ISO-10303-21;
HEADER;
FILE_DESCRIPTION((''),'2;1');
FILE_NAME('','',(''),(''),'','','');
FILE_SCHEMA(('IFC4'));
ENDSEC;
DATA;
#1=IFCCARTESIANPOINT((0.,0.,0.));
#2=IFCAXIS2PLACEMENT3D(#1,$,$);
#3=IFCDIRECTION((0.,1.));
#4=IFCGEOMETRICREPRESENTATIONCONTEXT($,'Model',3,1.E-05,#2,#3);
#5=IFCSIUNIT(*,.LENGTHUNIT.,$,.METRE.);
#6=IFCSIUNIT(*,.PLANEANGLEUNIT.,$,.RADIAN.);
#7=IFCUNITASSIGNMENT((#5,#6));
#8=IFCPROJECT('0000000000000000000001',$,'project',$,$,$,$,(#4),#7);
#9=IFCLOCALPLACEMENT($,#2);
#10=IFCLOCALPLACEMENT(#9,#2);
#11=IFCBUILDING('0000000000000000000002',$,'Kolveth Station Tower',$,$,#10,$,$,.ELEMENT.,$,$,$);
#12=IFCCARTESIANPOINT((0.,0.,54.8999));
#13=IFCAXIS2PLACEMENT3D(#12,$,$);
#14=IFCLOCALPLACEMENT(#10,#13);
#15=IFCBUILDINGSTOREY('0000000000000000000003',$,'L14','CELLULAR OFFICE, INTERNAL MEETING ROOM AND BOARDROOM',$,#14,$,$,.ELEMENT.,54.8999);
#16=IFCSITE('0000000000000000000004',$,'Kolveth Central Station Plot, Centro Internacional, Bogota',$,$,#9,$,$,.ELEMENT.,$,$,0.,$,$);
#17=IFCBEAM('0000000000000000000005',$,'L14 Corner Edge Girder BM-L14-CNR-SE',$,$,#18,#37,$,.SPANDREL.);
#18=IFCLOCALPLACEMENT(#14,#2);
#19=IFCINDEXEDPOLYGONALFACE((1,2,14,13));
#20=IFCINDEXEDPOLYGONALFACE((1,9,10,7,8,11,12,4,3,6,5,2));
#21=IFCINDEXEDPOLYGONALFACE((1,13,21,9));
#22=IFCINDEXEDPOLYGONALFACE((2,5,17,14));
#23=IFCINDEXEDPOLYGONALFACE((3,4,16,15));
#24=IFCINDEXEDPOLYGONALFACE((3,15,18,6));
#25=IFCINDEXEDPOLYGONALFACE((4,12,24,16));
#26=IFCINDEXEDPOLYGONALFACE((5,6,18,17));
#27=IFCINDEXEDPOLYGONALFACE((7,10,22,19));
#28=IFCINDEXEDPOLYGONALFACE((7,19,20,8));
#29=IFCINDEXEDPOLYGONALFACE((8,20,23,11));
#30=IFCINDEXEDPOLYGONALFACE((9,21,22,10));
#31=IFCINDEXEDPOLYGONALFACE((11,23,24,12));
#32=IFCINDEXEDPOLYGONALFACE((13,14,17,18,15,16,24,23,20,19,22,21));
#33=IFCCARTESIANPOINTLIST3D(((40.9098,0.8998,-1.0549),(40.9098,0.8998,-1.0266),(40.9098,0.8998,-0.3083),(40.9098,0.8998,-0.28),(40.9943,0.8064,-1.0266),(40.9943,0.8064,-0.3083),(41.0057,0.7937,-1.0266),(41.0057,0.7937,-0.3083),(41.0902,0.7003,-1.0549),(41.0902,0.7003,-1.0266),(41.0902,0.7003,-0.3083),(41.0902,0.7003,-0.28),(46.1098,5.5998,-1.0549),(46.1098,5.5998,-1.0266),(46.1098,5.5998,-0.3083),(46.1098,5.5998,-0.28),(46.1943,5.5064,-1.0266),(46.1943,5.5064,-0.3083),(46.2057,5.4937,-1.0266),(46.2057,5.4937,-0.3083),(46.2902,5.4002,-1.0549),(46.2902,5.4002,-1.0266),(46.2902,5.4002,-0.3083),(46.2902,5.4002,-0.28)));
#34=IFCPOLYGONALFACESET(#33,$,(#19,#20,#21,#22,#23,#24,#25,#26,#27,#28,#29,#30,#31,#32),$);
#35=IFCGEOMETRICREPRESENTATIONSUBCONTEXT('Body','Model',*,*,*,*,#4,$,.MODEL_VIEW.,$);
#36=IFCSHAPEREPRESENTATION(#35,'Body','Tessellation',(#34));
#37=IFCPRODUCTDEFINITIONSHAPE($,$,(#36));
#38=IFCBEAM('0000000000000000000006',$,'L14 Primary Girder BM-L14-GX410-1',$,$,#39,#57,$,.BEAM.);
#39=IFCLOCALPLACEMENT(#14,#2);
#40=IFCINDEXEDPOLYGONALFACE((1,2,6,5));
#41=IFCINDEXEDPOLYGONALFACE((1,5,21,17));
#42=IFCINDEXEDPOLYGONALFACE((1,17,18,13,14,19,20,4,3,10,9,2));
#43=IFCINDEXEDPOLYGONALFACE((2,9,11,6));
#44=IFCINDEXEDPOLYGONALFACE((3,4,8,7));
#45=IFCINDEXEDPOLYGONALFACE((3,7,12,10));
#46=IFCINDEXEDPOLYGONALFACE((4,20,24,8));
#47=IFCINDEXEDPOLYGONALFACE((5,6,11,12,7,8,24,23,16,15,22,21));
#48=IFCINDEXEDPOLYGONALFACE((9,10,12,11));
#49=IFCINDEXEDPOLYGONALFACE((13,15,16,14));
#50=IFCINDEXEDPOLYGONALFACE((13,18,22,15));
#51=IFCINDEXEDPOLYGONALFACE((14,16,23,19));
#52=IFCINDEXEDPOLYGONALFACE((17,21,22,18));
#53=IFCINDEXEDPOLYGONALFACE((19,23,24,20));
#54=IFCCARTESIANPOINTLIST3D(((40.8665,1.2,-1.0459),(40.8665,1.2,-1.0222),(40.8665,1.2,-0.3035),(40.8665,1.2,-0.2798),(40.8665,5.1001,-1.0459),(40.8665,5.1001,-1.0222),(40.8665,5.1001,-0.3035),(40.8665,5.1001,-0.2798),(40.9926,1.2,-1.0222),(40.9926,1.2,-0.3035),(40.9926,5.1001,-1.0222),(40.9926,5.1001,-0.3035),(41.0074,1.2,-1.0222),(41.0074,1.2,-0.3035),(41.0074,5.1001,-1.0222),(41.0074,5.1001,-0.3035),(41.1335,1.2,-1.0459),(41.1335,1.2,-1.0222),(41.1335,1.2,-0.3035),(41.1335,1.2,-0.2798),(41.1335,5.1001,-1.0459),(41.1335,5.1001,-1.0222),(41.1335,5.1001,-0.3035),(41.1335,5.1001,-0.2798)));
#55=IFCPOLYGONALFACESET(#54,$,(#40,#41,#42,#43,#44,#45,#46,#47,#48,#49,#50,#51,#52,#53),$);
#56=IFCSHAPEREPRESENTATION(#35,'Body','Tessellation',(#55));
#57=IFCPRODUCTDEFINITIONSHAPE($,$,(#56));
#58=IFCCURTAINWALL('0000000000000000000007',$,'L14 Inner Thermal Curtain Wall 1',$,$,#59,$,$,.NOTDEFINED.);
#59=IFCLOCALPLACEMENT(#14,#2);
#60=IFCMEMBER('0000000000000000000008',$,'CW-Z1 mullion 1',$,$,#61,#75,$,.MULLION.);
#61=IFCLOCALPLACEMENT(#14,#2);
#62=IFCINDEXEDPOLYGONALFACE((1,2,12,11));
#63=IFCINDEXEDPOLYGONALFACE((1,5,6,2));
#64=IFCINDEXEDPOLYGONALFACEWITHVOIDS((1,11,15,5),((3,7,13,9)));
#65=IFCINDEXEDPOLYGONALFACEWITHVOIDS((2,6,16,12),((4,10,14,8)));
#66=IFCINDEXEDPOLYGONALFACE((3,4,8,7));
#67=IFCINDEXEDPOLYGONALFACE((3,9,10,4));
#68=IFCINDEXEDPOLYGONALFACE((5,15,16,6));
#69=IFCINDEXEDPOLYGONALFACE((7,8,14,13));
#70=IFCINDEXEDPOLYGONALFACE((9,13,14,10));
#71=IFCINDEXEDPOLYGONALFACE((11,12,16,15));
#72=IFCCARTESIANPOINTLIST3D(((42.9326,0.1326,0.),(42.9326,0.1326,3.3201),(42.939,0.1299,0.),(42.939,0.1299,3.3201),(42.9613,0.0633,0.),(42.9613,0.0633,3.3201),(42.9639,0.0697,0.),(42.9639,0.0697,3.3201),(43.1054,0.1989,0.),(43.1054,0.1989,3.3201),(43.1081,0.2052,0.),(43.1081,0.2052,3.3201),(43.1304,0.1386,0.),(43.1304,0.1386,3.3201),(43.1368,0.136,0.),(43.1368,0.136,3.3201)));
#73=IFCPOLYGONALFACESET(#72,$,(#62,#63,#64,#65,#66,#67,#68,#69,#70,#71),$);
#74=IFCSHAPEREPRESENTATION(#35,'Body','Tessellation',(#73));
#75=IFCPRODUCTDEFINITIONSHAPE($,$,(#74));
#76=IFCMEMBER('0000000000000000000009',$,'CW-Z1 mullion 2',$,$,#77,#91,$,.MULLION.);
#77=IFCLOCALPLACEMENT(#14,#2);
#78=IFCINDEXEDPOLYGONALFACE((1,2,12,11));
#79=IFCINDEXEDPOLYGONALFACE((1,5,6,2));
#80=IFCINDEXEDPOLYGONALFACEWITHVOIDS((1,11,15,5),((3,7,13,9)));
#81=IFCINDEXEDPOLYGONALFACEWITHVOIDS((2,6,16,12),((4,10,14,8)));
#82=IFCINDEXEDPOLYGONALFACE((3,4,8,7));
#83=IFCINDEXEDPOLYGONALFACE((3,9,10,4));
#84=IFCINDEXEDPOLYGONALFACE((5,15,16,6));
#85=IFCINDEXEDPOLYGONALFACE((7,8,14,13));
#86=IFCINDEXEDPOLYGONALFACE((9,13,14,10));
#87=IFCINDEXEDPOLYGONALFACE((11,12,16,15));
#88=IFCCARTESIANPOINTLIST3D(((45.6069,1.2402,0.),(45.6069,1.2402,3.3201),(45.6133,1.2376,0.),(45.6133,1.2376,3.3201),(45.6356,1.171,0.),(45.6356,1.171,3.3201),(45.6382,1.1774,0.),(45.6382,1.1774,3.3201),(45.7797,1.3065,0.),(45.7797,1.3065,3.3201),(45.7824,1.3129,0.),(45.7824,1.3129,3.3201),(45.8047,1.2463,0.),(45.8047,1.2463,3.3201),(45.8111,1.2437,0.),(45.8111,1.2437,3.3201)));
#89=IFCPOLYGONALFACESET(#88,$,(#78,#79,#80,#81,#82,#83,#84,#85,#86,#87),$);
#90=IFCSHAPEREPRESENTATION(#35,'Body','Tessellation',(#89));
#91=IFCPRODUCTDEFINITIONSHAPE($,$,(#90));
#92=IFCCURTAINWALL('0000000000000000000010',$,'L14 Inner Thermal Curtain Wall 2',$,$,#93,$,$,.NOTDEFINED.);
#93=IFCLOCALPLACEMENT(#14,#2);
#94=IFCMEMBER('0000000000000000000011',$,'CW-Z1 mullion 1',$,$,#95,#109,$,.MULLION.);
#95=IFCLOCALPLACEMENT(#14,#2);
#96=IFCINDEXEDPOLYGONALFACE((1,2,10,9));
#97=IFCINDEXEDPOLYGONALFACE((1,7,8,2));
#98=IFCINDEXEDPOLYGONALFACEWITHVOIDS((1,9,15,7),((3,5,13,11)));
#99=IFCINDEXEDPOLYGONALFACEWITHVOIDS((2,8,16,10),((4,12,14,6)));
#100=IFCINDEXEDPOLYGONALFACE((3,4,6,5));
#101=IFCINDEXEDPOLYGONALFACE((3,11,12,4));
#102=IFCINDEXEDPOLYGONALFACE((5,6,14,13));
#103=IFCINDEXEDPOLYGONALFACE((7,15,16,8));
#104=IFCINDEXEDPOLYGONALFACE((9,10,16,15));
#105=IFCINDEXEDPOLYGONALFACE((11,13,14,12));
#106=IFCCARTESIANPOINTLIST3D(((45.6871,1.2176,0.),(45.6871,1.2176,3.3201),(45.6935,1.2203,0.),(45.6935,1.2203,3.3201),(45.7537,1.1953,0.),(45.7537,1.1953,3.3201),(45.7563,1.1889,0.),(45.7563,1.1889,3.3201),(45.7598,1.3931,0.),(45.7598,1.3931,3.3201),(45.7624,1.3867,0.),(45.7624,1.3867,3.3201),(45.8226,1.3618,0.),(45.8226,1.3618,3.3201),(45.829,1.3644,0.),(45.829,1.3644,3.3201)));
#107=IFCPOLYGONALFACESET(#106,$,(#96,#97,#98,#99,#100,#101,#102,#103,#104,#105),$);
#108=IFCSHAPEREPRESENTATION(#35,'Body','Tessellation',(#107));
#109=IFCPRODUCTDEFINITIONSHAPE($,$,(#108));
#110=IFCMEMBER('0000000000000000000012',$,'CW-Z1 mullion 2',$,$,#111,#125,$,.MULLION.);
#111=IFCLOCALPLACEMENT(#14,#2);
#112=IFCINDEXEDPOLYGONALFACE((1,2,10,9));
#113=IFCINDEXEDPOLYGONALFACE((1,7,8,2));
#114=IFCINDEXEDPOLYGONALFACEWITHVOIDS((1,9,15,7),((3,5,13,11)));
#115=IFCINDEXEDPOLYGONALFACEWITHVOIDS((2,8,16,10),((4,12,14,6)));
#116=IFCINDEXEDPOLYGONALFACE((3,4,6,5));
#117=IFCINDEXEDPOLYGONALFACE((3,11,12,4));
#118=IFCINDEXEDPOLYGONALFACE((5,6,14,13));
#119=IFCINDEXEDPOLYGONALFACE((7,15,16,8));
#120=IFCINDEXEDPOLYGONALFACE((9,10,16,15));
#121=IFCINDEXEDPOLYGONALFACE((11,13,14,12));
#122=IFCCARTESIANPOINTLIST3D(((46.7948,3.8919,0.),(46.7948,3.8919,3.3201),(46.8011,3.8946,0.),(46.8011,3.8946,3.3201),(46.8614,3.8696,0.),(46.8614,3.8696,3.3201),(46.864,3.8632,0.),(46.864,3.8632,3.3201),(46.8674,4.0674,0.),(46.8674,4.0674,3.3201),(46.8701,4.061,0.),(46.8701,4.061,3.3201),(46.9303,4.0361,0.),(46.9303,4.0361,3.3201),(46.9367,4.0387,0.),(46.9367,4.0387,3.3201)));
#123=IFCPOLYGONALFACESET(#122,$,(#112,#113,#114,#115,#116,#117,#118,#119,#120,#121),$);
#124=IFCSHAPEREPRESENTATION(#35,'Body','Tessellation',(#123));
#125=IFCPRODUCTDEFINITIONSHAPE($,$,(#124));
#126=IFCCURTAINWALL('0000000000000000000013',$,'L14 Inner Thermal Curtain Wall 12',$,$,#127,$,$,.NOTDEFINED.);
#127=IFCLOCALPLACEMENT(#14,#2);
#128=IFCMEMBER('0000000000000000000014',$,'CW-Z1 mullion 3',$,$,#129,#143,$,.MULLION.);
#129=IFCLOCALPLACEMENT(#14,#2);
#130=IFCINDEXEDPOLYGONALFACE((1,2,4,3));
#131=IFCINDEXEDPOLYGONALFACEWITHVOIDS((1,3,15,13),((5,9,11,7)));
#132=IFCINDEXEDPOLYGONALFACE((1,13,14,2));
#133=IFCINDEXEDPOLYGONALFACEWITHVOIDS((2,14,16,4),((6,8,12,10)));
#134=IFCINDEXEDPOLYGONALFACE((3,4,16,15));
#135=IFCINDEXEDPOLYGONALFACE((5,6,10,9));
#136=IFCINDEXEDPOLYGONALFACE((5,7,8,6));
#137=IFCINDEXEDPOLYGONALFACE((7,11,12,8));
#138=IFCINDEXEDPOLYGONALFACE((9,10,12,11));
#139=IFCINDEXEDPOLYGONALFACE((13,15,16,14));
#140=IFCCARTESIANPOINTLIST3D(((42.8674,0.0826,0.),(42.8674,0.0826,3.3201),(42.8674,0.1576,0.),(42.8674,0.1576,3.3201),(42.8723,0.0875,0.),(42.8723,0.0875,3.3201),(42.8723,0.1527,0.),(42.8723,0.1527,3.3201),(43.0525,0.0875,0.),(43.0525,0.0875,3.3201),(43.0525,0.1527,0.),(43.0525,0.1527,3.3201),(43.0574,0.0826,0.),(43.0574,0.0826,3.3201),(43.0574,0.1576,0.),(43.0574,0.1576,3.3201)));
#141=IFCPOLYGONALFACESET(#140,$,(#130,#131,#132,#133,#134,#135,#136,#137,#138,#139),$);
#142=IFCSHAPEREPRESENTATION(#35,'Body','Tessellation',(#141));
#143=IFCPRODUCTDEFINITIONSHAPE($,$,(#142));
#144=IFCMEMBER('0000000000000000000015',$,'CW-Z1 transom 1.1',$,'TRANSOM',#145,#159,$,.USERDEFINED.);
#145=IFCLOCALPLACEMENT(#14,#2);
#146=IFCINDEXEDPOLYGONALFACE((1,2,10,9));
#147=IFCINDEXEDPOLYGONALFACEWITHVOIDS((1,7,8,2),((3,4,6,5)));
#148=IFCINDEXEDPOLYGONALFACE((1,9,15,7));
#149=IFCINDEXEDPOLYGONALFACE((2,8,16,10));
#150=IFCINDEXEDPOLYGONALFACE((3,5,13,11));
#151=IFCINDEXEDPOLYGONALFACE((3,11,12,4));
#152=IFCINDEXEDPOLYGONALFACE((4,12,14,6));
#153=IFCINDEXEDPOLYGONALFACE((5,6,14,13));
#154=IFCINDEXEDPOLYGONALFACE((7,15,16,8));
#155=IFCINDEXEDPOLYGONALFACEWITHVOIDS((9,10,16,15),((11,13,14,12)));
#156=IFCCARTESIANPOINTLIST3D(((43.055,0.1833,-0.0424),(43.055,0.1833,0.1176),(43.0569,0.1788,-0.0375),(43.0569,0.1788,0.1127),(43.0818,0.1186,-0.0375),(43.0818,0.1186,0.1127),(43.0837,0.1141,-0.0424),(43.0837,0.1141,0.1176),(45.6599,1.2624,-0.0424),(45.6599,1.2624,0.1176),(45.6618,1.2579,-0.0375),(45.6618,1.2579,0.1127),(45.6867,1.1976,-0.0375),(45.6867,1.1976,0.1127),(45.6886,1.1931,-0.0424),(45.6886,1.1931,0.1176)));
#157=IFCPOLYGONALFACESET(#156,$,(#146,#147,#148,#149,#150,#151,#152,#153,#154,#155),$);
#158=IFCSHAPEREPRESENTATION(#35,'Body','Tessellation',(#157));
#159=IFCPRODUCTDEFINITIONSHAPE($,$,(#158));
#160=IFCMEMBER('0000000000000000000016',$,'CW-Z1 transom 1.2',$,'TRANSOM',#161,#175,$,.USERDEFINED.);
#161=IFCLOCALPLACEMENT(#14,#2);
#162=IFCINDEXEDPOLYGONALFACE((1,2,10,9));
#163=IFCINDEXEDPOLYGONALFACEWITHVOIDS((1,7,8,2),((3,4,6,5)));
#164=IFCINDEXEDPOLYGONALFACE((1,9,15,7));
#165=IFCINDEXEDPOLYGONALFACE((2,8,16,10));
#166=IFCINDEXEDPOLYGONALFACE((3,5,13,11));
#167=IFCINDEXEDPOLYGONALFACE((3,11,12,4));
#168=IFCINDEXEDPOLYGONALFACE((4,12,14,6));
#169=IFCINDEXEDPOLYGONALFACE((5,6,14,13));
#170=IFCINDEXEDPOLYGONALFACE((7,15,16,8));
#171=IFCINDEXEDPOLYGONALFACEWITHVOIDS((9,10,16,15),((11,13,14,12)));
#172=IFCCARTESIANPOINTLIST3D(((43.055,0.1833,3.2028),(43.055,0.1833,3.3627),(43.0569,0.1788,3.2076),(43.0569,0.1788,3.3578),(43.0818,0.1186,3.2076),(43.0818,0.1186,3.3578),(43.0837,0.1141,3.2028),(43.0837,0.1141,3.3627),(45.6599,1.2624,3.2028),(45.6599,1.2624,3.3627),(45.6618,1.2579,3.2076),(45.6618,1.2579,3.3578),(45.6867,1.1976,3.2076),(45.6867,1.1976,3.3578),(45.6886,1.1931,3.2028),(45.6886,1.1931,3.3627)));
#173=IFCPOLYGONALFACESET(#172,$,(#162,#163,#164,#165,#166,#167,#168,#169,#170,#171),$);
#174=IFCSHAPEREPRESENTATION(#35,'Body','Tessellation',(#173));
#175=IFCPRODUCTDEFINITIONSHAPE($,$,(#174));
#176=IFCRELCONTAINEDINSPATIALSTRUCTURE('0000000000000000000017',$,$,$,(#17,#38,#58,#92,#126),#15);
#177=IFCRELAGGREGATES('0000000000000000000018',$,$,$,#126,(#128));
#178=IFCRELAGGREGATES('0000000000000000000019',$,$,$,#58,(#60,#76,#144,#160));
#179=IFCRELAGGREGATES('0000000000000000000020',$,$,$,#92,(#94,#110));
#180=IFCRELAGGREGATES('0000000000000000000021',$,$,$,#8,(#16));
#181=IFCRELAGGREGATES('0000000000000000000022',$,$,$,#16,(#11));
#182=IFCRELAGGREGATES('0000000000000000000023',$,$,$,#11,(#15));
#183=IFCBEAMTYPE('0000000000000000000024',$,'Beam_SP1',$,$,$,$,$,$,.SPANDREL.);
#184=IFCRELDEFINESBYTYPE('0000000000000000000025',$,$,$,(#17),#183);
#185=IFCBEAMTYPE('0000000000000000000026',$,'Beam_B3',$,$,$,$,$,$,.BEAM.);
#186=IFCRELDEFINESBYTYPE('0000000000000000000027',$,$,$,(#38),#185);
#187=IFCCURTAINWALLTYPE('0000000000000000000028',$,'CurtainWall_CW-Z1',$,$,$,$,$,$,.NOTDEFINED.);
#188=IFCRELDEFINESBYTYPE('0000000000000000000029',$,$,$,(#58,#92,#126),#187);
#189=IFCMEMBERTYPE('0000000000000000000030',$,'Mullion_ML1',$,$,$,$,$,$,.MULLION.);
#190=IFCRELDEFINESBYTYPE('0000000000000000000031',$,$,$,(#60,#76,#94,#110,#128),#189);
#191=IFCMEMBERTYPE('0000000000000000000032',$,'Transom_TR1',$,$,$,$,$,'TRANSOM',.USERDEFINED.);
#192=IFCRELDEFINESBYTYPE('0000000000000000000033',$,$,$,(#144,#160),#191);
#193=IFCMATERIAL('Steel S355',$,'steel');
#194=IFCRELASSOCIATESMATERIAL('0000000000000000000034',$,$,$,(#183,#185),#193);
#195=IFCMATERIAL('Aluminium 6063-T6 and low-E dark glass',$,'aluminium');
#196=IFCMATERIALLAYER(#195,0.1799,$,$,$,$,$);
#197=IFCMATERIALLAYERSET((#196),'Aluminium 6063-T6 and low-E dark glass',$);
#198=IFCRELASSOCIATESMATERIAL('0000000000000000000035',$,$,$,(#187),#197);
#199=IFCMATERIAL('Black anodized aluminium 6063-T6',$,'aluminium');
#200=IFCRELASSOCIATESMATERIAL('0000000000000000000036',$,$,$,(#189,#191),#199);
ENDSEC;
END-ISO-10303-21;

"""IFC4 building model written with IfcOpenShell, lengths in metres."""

from ifc_helpers import new_model, si_unit, direction, frame, origin, origin_2d, place, context, subcontext, project, spatial, hollow_rectangle, i_section, extrude, source, transform, mapped, material, layer, layer_set, material_profile, profile_set, type_object, element, aggregate, save


model = new_model("IFC4")

# Units and contexts
model_context = context("Model", 3, precision=1e-05, world=origin(), true_north=direction((0.0, 1.0)))
body_context = subcontext(model_context, "Body", "Model", "MODEL_VIEW")
ifc_project = project(units=[si_unit("LENGTHUNIT", "METRE"), si_unit("PLANEANGLEUNIT", "RADIAN")], contexts=[model_context])

# Site, building, storey
site_placement = place(None, origin())
site = spatial("IfcSite", under=ifc_project, at=site_placement, Name="Kolveth Central Station Plot, Centro Internacional, Bogota", CompositionType="ELEMENT", RefElevation=0.0)
building_placement = place(site_placement, origin())
building = spatial("IfcBuilding", under=site, at=building_placement, Name="Kolveth Station Tower", CompositionType="ELEMENT")
storey_placement = place(building_placement, frame((0.0, 0.0, 54.8999)))
storey = spatial("IfcBuildingStorey", under=building, at=storey_placement, Name="L14", Description="CELLULAR OFFICE, INTERNAL MEETING ROOM AND BOARDROOM", CompositionType="ELEMENT", Elevation=54.8999)

# Beams
ifc_material_1 = material(Name="Steel S355", Category="steel")
ifc_material_profile_1 = material_profile(ifc_material_1, i_section(OverallWidth=0.269, OverallDepth=0.7749, WebThickness=0.0171, FlangeThickness=0.0283, at=origin_2d()), Name="W760x220")
ifc_profile_set_1 = profile_set([ifc_material_profile_1], Name="Steel S355")
beam_type_1 = type_object("IfcBeamType", Name="Beam_SP1", PredefinedType="SPANDREL", material=ifc_profile_set_1)
shared_shape_1 = source(origin(), body_context, "Body", "SweptSolid", [
    extrude(i_section(OverallWidth=0.269, OverallDepth=0.7749, WebThickness=0.0171, FlangeThickness=0.0283, at=origin_2d()), origin(), (0.0, 0.0, 1.0), 7.0093),
])
beam_1_placement = place(storey_placement, frame((41.0, 0.8, -0.6675), z_axis=(0.741874, 0.670539, 0.0), x_axis=(-0.670539, 0.741874, 0.0)))
element("IfcBeam", 1, at=beam_1_placement, inside=storey, type_object=beam_type_1, Name="L14 Corner Edge Girder BM-L14-CNR-SE", PredefinedType="SPANDREL", context=body_context, shape_type="MappedRepresentation", body=[
    mapped(shared_shape_1, transform((0.0, 0.0, 0.0), x_axis=(1.0, 0.0, 0.0), y_axis=(0.0, 1.0, 0.0), z_axis=(0.0, 0.0, 1.0), scale=1.0)),
])
ifc_material_profile_2 = material_profile(ifc_material_1, i_section(OverallWidth=0.2671, OverallDepth=0.7661, WebThickness=0.0149, FlangeThickness=0.0237, at=origin_2d()), Name="W760x185")
ifc_profile_set_2 = profile_set([ifc_material_profile_2], Name="Steel S355")
beam_type_2 = type_object("IfcBeamType", Name="Beam_B3", PredefinedType="BEAM", material=ifc_profile_set_2)
shared_shape_2 = source(origin(), body_context, "Body", "SweptSolid", [
    extrude(i_section(OverallWidth=0.2671, OverallDepth=0.7661, WebThickness=0.0149, FlangeThickness=0.0237, at=origin_2d()), origin(), (0.0, 0.0, 1.0), 3.9001),
])
beam_2_placement = place(storey_placement, frame((41.0, 1.2, -0.6628), z_axis=(0.0, 1.0, 0.0), x_axis=(-1.0, 0.0, 0.0)))
element("IfcBeam", 2, at=beam_2_placement, inside=storey, type_object=beam_type_2, Name="L14 Primary Girder BM-L14-GX410-1", PredefinedType="BEAM", context=body_context, shape_type="MappedRepresentation", body=[
    mapped(shared_shape_2, transform((0.0, 0.0, 0.0), x_axis=(1.0, 0.0, 0.0), y_axis=(0.0, 1.0, 0.0), z_axis=(0.0, 0.0, 1.0), scale=1.0)),
])

# Curtain walls, members
ifc_material_2 = material(Name="Aluminium 6063-T6 and low-E dark glass", Category="aluminium")
ifc_layer_1 = layer(ifc_material_2, 0.1799)
ifc_layer_set_1 = layer_set([ifc_layer_1], Name="Aluminium 6063-T6 and low-E dark glass")
curtain_wall_type_1 = type_object("IfcCurtainWallType", Name="CurtainWall_CW-Z1", PredefinedType="NOTDEFINED", material=ifc_layer_set_1)
curtain_wall_1_placement = place(storey_placement, origin())
curtain_wall_1 = element("IfcCurtainWall", 3, at=curtain_wall_1_placement, inside=storey, type_object=curtain_wall_type_1, Name="L14 Inner Thermal Curtain Wall 1", PredefinedType="NOTDEFINED")
ifc_material_3 = material(Name="Black anodized aluminium 6063-T6", Category="aluminium")
ifc_material_profile_3 = material_profile(ifc_material_3, hollow_rectangle(XDim=0.075, YDim=0.1899, WallThickness=0.0049, at=origin_2d()), Name="ALU-75x190x5")
ifc_profile_set_3 = profile_set([ifc_material_profile_3], Name="Black anodized aluminium 6063-T6")
member_type_1 = type_object("IfcMemberType", Name="Mullion_ML1", PredefinedType="MULLION", material=ifc_profile_set_3)
shared_shape_3 = source(origin(), body_context, "Body", "SweptSolid", [
    extrude(hollow_rectangle(XDim=0.075, YDim=0.1899, WallThickness=0.0049, at=origin_2d()), origin(), (0.0, 0.0, 1.0), 3.3201),
])
member_1_placement = place(storey_placement, frame((43.0347, 0.1343, 0.0), z_axis=(0.0, 0.0, 1.0), x_axis=(-0.382673, 0.923884, 0.0)))
member_1 = element("IfcMember", 4, at=member_1_placement, type_object=member_type_1, Name="CW-Z1 mullion 1", PredefinedType="MULLION", context=body_context, shape_type="MappedRepresentation", body=[
    mapped(shared_shape_3, transform((0.0, 0.0, 0.0), x_axis=(1.0, 0.0, 0.0), y_axis=(0.0, 1.0, 0.0), z_axis=(0.0, 0.0, 1.0), scale=1.0)),
])
member_2_placement = place(storey_placement, frame((45.709, 1.2419, 0.0), z_axis=(0.0, 0.0, 1.0), x_axis=(-0.382673, 0.923884, 0.0)))
member_2 = element("IfcMember", 5, at=member_2_placement, type_object=member_type_1, Name="CW-Z1 mullion 2", PredefinedType="MULLION", context=body_context, shape_type="MappedRepresentation", body=[
    mapped(shared_shape_3, transform((0.0, 0.0, 0.0), x_axis=(1.0, 0.0, 0.0), y_axis=(0.0, 1.0, 0.0), z_axis=(0.0, 0.0, 1.0), scale=1.0)),
])
curtain_wall_2_placement = place(storey_placement, origin())
curtain_wall_2 = element("IfcCurtainWall", 6, at=curtain_wall_2_placement, inside=storey, type_object=curtain_wall_type_1, Name="L14 Inner Thermal Curtain Wall 2", PredefinedType="NOTDEFINED")
member_3_placement = place(storey_placement, frame((45.7581, 1.291, 0.0), z_axis=(0.0, 0.0, 1.0), x_axis=(-0.923884, 0.382673, 0.0)))
member_3 = element("IfcMember", 7, at=member_3_placement, type_object=member_type_1, Name="CW-Z1 mullion 1", PredefinedType="MULLION", context=body_context, shape_type="MappedRepresentation", body=[
    mapped(shared_shape_3, transform((0.0, 0.0, 0.0), x_axis=(1.0, 0.0, 0.0), y_axis=(0.0, 1.0, 0.0), z_axis=(0.0, 0.0, 1.0), scale=1.0)),
])
member_4_placement = place(storey_placement, frame((46.8657, 3.9653, 0.0), z_axis=(0.0, 0.0, 1.0), x_axis=(-0.923884, 0.382673, 0.0)))
member_4 = element("IfcMember", 8, at=member_4_placement, type_object=member_type_1, Name="CW-Z1 mullion 2", PredefinedType="MULLION", context=body_context, shape_type="MappedRepresentation", body=[
    mapped(shared_shape_3, transform((0.0, 0.0, 0.0), x_axis=(1.0, 0.0, 0.0), y_axis=(0.0, 1.0, 0.0), z_axis=(0.0, 0.0, 1.0), scale=1.0)),
])

# Curtain wall, member
curtain_wall_3_placement = place(storey_placement, origin())
curtain_wall_3 = element("IfcCurtainWall", 9, at=curtain_wall_3_placement, inside=storey, type_object=curtain_wall_type_1, Name="L14 Inner Thermal Curtain Wall 12", PredefinedType="NOTDEFINED")
member_5_placement = place(storey_placement, frame((42.9624, 0.1201, 0.0), z_axis=(0.0, 0.0, 1.0), x_axis=(0.0, 1.0, 0.0)))
member_5 = element("IfcMember", 10, at=member_5_placement, type_object=member_type_1, Name="CW-Z1 mullion 3", PredefinedType="MULLION", context=body_context, shape_type="MappedRepresentation", body=[
    mapped(shared_shape_3, transform((0.0, 0.0, 0.0), x_axis=(1.0, 0.0, 0.0), y_axis=(0.0, 1.0, 0.0), z_axis=(0.0, 0.0, 1.0), scale=1.0)),
])
aggregate(curtain_wall_3, [member_5])

# Members
ifc_material_profile_4 = material_profile(ifc_material_3, hollow_rectangle(XDim=0.075, YDim=0.1599, WallThickness=0.0049, at=origin_2d()), Name="ALU-75x160x5")
ifc_profile_set_4 = profile_set([ifc_material_profile_4], Name="Black anodized aluminium 6063-T6")
member_type_2 = type_object("IfcMemberType", Name="Transom_TR1", ElementType="TRANSOM", PredefinedType="USERDEFINED", material=ifc_profile_set_4)
shared_shape_4 = source(origin(), body_context, "Body", "SweptSolid", [
    extrude(hollow_rectangle(XDim=0.075, YDim=0.1599, WallThickness=0.0049, at=origin_2d()), origin(), (0.0, 0.0, 1.0), 2.8196),
])
member_6_placement = place(storey_placement, frame((43.0693, 0.1487, 0.0376), z_axis=(0.923869, 0.382709, 0.0), x_axis=(-0.382709, 0.923869, 0.0)))
member_6 = element("IfcMember", 11, at=member_6_placement, type_object=member_type_2, Name="CW-Z1 transom 1.1", ObjectType="TRANSOM", PredefinedType="USERDEFINED", context=body_context, shape_type="MappedRepresentation", body=[
    mapped(shared_shape_4, transform((0.0, 0.0, 0.0), x_axis=(1.0, 0.0, 0.0), y_axis=(0.0, 1.0, 0.0), z_axis=(0.0, 0.0, 1.0), scale=1.0)),
])
member_7_placement = place(storey_placement, frame((43.0693, 0.1487, 3.2827), z_axis=(0.923869, 0.382709, 0.0), x_axis=(-0.382709, 0.923869, 0.0)))
member_7 = element("IfcMember", 12, at=member_7_placement, type_object=member_type_2, Name="CW-Z1 transom 1.2", ObjectType="TRANSOM", PredefinedType="USERDEFINED", context=body_context, shape_type="MappedRepresentation", body=[
    mapped(shared_shape_4, transform((0.0, 0.0, 0.0), x_axis=(1.0, 0.0, 0.0), y_axis=(0.0, 1.0, 0.0), z_axis=(0.0, 0.0, 1.0), scale=1.0)),
])

aggregate(curtain_wall_1, [member_1, member_2, member_6, member_7])
aggregate(curtain_wall_2, [member_3, member_4])

save(model, "model.ifc")
